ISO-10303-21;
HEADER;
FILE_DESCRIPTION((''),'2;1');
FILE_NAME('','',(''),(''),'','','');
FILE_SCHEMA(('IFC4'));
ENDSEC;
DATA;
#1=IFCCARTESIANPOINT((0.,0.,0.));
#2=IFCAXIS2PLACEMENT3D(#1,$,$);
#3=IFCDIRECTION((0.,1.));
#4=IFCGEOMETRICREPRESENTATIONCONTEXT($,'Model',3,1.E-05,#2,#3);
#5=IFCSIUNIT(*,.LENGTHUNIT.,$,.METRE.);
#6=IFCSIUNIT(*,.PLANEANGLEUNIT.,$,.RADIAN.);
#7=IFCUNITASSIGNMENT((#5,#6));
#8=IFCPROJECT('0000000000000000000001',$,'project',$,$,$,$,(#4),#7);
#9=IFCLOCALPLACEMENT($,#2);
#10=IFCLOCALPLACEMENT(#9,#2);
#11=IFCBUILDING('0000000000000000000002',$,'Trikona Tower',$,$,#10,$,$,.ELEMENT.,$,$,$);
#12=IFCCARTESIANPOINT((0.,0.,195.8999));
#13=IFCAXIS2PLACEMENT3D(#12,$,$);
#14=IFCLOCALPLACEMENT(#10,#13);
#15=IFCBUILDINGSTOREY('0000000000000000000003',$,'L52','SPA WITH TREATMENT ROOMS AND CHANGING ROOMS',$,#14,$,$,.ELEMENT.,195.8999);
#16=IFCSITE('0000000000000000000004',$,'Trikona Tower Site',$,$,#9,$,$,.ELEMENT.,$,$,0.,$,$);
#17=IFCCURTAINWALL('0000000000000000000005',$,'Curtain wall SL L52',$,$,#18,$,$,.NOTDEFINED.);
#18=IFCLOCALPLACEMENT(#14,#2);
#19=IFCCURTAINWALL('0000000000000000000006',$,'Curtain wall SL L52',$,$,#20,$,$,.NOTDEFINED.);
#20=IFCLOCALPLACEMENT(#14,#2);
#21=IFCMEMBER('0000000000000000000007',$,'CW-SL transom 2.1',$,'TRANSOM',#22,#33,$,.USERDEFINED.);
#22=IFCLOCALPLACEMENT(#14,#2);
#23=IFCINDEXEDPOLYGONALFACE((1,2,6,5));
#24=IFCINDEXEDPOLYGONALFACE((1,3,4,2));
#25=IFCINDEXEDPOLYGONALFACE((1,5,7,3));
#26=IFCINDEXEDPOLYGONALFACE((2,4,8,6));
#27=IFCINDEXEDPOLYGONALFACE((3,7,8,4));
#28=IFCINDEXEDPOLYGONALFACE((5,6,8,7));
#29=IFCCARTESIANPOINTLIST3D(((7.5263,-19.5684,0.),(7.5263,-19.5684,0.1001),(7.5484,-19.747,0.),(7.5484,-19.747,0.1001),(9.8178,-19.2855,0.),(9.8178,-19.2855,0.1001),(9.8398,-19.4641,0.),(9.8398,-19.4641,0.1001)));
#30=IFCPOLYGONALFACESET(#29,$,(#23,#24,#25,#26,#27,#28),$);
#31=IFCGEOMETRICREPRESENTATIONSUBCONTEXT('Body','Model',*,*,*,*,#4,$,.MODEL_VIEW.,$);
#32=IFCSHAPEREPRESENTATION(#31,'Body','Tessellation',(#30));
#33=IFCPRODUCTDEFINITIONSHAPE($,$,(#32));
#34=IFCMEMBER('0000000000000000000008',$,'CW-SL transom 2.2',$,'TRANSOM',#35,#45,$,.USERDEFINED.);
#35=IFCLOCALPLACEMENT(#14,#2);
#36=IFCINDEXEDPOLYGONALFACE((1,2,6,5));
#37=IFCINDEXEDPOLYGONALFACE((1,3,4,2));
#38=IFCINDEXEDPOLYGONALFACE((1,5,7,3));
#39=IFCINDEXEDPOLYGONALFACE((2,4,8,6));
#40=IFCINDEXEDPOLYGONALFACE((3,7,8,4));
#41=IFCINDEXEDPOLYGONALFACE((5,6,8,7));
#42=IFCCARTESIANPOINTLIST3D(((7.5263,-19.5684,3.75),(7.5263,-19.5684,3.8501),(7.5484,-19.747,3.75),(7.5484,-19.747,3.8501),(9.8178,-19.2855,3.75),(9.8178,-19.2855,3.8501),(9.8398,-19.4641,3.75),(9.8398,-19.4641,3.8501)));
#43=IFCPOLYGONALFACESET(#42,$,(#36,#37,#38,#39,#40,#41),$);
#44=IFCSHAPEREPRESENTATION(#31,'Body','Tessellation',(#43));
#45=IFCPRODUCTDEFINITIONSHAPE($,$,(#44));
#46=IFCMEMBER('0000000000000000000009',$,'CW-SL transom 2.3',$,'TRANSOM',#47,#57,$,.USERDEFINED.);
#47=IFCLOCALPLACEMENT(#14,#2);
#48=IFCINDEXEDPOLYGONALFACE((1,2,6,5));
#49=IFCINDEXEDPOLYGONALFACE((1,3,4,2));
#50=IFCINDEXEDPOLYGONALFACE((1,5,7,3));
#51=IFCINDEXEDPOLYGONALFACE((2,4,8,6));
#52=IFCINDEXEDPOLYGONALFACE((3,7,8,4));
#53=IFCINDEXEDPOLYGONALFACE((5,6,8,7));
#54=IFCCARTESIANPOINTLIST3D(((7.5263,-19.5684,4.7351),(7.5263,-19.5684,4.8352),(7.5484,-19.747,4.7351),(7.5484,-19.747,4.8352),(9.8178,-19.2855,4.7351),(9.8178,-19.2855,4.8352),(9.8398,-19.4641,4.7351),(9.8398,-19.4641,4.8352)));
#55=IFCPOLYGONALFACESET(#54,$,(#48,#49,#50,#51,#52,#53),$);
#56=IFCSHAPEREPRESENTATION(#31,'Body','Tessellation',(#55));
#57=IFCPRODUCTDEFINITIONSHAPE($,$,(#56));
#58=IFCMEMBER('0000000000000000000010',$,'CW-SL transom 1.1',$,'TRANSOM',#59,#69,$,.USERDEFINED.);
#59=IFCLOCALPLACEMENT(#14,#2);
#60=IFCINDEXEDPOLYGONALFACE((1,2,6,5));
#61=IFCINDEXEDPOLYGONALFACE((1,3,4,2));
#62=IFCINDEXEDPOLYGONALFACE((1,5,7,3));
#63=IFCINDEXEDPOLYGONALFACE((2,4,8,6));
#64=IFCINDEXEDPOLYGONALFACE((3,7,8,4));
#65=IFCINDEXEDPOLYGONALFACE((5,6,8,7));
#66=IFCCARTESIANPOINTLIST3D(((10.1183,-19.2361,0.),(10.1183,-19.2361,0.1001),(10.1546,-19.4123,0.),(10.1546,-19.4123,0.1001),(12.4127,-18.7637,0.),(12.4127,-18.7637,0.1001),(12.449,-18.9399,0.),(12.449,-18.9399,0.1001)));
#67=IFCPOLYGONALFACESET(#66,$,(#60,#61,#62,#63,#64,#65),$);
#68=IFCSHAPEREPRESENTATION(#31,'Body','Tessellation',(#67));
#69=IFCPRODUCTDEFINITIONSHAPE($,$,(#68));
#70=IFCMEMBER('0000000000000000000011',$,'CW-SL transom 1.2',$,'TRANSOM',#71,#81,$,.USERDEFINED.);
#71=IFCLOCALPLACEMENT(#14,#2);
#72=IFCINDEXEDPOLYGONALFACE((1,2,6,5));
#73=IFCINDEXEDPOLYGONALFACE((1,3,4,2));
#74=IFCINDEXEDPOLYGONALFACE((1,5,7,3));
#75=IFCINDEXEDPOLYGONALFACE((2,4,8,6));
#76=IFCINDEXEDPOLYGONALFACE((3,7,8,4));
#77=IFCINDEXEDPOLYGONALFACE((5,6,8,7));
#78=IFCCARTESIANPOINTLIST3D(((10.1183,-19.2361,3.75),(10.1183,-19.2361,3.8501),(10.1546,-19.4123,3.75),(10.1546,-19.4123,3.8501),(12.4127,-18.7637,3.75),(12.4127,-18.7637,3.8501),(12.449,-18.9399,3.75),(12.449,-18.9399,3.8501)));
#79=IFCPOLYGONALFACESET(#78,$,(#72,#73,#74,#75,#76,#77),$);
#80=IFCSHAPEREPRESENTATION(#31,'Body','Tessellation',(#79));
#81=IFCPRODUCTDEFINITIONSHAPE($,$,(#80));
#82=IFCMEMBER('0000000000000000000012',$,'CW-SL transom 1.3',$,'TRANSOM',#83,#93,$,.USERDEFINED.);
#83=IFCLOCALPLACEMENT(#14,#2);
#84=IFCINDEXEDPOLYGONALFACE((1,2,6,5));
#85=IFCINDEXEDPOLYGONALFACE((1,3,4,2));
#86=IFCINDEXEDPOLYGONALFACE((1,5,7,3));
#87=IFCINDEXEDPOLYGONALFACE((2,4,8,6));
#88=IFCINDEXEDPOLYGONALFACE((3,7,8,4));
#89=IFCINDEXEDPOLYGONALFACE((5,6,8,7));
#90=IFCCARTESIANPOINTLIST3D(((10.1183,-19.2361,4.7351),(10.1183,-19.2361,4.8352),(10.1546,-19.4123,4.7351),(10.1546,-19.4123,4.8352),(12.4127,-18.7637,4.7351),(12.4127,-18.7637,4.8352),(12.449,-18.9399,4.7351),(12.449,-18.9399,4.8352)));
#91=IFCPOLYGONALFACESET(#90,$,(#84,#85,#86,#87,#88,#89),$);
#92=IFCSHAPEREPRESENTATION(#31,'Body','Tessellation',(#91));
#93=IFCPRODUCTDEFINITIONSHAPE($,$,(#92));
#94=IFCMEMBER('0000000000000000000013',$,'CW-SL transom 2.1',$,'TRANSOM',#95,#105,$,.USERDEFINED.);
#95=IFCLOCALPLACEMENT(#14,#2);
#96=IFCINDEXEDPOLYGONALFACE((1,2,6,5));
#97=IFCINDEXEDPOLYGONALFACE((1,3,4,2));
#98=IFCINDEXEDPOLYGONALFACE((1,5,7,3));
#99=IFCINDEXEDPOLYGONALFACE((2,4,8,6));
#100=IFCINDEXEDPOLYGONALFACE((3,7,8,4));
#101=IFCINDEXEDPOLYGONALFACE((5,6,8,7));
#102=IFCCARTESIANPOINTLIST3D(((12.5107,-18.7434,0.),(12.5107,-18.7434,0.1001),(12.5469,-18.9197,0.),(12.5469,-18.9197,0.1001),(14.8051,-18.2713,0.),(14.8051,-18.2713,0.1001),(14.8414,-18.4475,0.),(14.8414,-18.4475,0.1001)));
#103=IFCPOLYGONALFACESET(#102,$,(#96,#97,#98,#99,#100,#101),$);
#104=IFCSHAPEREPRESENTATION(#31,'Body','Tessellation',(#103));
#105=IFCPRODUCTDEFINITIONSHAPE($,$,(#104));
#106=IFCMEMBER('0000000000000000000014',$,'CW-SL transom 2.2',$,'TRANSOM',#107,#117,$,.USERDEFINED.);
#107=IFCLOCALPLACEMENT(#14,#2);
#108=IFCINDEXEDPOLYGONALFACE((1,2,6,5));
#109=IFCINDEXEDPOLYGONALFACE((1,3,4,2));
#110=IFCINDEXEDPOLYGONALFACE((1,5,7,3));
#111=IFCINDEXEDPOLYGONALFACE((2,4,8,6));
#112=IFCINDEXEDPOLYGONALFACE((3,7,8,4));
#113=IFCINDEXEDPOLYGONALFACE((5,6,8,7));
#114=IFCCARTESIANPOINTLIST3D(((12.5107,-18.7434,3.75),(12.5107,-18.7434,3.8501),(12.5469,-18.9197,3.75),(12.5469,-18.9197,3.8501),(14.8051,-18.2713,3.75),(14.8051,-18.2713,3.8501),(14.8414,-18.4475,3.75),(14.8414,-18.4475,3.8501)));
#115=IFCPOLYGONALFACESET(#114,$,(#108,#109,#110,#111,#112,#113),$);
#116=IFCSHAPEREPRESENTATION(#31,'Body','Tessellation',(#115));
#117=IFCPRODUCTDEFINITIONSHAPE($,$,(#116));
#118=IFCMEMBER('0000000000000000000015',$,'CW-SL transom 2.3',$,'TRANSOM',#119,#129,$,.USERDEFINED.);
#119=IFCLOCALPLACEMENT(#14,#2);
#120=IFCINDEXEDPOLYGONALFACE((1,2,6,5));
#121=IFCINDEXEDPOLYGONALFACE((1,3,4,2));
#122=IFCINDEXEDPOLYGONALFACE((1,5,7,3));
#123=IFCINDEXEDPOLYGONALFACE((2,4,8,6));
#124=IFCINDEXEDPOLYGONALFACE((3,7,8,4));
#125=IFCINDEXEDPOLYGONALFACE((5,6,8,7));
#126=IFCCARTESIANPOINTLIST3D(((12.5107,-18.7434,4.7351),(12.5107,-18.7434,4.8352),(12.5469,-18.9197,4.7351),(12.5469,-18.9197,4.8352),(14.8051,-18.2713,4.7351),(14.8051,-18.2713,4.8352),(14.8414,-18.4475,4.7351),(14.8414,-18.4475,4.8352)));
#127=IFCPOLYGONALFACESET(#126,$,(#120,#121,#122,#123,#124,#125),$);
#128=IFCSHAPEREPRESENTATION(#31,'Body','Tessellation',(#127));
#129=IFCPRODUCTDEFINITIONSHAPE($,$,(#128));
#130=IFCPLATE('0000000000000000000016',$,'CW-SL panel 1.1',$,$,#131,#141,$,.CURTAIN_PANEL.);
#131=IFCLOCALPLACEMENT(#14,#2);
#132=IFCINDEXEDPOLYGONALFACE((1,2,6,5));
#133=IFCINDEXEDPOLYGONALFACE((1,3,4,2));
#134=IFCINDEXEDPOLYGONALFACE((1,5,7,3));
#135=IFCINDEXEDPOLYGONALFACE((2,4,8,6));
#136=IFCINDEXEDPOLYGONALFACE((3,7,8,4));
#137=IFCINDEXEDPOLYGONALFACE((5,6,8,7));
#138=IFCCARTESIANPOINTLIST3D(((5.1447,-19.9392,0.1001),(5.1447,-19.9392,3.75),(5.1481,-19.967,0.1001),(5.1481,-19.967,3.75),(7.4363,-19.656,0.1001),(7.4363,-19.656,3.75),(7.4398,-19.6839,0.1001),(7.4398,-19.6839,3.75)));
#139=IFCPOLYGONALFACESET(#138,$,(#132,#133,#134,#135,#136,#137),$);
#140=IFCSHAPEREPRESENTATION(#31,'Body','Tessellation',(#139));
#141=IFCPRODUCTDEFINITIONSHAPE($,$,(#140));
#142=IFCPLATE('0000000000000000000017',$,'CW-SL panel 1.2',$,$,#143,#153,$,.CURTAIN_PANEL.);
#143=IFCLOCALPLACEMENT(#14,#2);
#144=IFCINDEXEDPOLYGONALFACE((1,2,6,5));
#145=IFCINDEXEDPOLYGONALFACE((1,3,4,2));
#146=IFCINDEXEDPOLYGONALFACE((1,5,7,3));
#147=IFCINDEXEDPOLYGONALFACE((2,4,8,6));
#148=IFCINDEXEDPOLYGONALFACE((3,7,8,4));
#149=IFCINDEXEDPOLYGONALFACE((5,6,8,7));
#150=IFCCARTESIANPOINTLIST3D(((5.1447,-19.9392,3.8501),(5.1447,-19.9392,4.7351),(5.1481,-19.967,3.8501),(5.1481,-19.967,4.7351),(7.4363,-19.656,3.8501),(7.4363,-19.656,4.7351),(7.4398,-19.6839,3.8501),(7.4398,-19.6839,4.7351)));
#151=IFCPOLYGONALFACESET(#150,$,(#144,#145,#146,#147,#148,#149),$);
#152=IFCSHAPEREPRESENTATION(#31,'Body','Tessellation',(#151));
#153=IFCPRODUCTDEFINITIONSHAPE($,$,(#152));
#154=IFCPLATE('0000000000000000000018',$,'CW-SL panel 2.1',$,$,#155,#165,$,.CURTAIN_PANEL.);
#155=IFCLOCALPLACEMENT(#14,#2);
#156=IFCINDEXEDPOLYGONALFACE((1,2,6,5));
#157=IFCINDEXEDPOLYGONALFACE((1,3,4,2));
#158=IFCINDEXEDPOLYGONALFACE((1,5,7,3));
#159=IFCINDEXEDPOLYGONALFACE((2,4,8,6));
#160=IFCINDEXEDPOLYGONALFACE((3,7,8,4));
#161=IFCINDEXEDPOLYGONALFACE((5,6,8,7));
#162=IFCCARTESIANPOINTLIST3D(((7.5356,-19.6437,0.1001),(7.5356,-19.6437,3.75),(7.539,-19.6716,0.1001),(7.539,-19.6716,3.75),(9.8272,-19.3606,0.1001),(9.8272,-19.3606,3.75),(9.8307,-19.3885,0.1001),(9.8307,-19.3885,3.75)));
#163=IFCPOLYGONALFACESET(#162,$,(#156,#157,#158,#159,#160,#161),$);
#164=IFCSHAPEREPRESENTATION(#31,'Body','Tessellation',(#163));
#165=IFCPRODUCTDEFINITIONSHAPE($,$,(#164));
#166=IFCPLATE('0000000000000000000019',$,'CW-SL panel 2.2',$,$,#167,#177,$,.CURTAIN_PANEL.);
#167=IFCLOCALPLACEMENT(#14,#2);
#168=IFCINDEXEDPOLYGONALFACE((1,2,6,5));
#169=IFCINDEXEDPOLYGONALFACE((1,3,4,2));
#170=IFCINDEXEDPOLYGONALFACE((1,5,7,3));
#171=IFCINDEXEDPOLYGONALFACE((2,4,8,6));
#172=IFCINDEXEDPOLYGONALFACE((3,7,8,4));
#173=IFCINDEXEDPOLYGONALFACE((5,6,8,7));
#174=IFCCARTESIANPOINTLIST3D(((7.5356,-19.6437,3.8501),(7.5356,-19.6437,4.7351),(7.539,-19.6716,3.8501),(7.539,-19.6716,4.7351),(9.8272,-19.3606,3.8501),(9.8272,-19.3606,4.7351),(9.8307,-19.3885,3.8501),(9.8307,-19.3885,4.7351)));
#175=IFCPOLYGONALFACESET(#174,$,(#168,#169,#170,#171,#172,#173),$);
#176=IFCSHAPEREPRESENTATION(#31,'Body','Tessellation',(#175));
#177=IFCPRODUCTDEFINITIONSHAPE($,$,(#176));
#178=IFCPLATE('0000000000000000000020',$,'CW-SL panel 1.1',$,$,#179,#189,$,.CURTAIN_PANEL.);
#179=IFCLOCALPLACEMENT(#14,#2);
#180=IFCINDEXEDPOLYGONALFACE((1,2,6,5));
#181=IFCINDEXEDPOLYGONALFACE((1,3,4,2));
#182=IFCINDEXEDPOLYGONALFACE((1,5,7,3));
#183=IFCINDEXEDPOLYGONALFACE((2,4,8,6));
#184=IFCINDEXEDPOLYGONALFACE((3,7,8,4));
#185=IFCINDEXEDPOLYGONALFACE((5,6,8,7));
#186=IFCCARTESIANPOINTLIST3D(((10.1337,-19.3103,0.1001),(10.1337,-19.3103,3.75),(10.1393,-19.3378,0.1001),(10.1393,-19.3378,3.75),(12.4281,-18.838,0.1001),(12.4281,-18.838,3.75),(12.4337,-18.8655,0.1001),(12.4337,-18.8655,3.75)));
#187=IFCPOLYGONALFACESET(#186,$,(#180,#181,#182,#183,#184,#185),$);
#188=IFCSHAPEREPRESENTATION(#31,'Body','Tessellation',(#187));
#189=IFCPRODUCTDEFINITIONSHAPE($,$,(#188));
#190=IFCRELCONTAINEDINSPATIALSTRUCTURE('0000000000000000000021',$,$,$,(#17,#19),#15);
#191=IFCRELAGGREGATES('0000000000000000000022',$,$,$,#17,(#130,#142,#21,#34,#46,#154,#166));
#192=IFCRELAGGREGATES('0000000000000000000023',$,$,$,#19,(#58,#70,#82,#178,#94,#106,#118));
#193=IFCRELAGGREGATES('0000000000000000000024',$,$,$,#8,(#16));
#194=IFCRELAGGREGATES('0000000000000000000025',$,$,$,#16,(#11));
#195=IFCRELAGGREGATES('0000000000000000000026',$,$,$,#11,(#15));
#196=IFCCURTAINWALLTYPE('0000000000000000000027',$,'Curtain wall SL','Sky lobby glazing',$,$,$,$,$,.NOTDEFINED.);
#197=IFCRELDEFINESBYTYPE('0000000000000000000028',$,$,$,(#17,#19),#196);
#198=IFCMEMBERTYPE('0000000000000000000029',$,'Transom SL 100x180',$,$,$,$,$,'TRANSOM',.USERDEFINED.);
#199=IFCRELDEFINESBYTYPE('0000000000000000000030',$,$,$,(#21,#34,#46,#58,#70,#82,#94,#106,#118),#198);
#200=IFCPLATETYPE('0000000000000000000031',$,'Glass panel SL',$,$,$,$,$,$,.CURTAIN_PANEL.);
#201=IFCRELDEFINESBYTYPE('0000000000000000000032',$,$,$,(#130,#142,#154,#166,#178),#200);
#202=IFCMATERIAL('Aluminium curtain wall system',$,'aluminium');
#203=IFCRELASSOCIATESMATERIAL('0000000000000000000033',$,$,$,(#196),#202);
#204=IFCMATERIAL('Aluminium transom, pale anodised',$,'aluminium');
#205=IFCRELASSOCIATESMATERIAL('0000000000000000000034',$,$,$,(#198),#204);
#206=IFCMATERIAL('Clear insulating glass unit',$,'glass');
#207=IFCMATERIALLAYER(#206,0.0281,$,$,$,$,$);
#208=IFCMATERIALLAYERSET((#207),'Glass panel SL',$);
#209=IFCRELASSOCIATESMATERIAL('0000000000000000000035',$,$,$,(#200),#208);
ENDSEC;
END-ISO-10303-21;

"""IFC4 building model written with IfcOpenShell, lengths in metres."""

from ifc_helpers import new_model, si_unit, direction, frame, origin, origin_2d, place, context, subcontext, project, spatial, rectangle, extrude, material, layer, layer_set, material_profile, profile_set, type_object, element, aggregate, save


model = new_model("IFC4")

# Units and contexts
model_context = context("Model", 3, precision=1e-05, world=origin(), true_north=direction((0.0, 1.0)))
body_context = subcontext(model_context, "Body", "Model", "MODEL_VIEW")
ifc_project = project(units=[si_unit("LENGTHUNIT", "METRE"), si_unit("PLANEANGLEUNIT", "RADIAN")], contexts=[model_context])

# Site, building, storey
site_placement = place(None, origin())
site = spatial("IfcSite", under=ifc_project, at=site_placement, Name="Trikona Tower Site", CompositionType="ELEMENT", RefElevation=0.0)
building_placement = place(site_placement, origin())
building = spatial("IfcBuilding", under=site, at=building_placement, Name="Trikona Tower", CompositionType="ELEMENT")
storey_placement = place(building_placement, frame((0.0, 0.0, 195.8999)))
storey = spatial("IfcBuildingStorey", under=building, at=storey_placement, Name="L52", Description="SPA WITH TREATMENT ROOMS AND CHANGING ROOMS", CompositionType="ELEMENT", Elevation=195.8999)

# Curtain walls
ifc_material_1 = material(Name="Aluminium curtain wall system", Category="aluminium")
curtain_wall_type = type_object("IfcCurtainWallType", Name="Curtain wall SL", Description="Sky lobby glazing", PredefinedType="NOTDEFINED", material=ifc_material_1)
curtain_wall_1_placement = place(storey_placement, origin())
curtain_wall_1 = element("IfcCurtainWall", 1, at=curtain_wall_1_placement, inside=storey, type_object=curtain_wall_type, Name="Curtain wall SL L52", PredefinedType="NOTDEFINED")
curtain_wall_2_placement = place(storey_placement, origin())
curtain_wall_2 = element("IfcCurtainWall", 2, at=curtain_wall_2_placement, inside=storey, type_object=curtain_wall_type, Name="Curtain wall SL L52", PredefinedType="NOTDEFINED")

# Members
ifc_material_2 = material(Name="Aluminium transom, pale anodised", Category="aluminium")
ifc_material_profile_1 = material_profile(ifc_material_2, rectangle(XDim=0.1799, YDim=0.1001, at=origin_2d()), Name="TRN-SL")
ifc_profile_set_1 = profile_set([ifc_material_profile_1], Name="Aluminium transom, pale anodised")
member_type_1 = type_object("IfcMemberType", Name="Transom SL 100x180", ElementType="TRANSOM", PredefinedType="USERDEFINED", material=ifc_profile_set_1)
member_1_placement = place(storey_placement, frame((7.5374, -19.6577, 0.05), z_axis=(0.992462, 0.122551, 0.0), x_axis=(-0.122551, 0.992462, 0.0)))
member_1 = element("IfcMember", 3, at=member_1_placement, type_object=member_type_1, Name="CW-SL transom 2.1", ObjectType="TRANSOM", PredefinedType="USERDEFINED", context=body_context, shape_type="SweptSolid", body=[
    extrude(rectangle(XDim=0.1799, YDim=0.1001, at=origin_2d()), origin(), (0.0, 0.0, 1.0), 2.3088),
])
member_2_placement = place(storey_placement, frame((7.5374, -19.6577, 3.8), z_axis=(0.992462, 0.122551, 0.0), x_axis=(-0.122551, 0.992462, 0.0)))
member_2 = element("IfcMember", 4, at=member_2_placement, type_object=member_type_1, Name="CW-SL transom 2.2", ObjectType="TRANSOM", PredefinedType="USERDEFINED", context=body_context, shape_type="SweptSolid", body=[
    extrude(rectangle(XDim=0.1799, YDim=0.1001, at=origin_2d()), origin(), (0.0, 0.0, 1.0), 2.3088),
])
member_3_placement = place(storey_placement, frame((7.5374, -19.6577, 4.7852), z_axis=(0.992462, 0.122551, 0.0), x_axis=(-0.122551, 0.992462, 0.0)))
member_3 = element("IfcMember", 5, at=member_3_placement, type_object=member_type_1, Name="CW-SL transom 2.3", ObjectType="TRANSOM", PredefinedType="USERDEFINED", context=body_context, shape_type="SweptSolid", body=[
    extrude(rectangle(XDim=0.1799, YDim=0.1001, at=origin_2d()), origin(), (0.0, 0.0, 1.0), 2.3088),
])
member_4_placement = place(storey_placement, frame((10.1365, -19.3242, 0.05), z_axis=(0.979455, 0.201665, 0.0), x_axis=(-0.201665, 0.979455, 0.0)))
member_4 = element("IfcMember", 6, at=member_4_placement, type_object=member_type_1, Name="CW-SL transom 1.1", ObjectType="TRANSOM", PredefinedType="USERDEFINED", context=body_context, shape_type="SweptSolid", body=[
    extrude(rectangle(XDim=0.1799, YDim=0.1001, at=origin_2d()), origin(), (0.0, 0.0, 1.0), 2.3425),
])
member_5_placement = place(storey_placement, frame((10.1365, -19.3242, 3.8), z_axis=(0.979455, 0.201665, 0.0), x_axis=(-0.201665, 0.979455, 0.0)))
member_5 = element("IfcMember", 7, at=member_5_placement, type_object=member_type_1, Name="CW-SL transom 1.2", ObjectType="TRANSOM", PredefinedType="USERDEFINED", context=body_context, shape_type="SweptSolid", body=[
    extrude(rectangle(XDim=0.1799, YDim=0.1001, at=origin_2d()), origin(), (0.0, 0.0, 1.0), 2.3425),
])
member_6_placement = place(storey_placement, frame((10.1365, -19.3242, 4.7852), z_axis=(0.979455, 0.201665, 0.0), x_axis=(-0.201665, 0.979455, 0.0)))
member_6 = element("IfcMember", 8, at=member_6_placement, type_object=member_type_1, Name="CW-SL transom 1.3", ObjectType="TRANSOM", PredefinedType="USERDEFINED", context=body_context, shape_type="SweptSolid", body=[
    extrude(rectangle(XDim=0.1799, YDim=0.1001, at=origin_2d()), origin(), (0.0, 0.0, 1.0), 2.3425),
])
member_7_placement = place(storey_placement, frame((12.5288, -18.8315, 0.05), z_axis=(0.979475, 0.201565, 0.0), x_axis=(-0.201565, 0.979475, 0.0)))
member_7 = element("IfcMember", 9, at=member_7_placement, type_object=member_type_1, Name="CW-SL transom 2.1", ObjectType="TRANSOM", PredefinedType="USERDEFINED", context=body_context, shape_type="SweptSolid", body=[
    extrude(rectangle(XDim=0.1799, YDim=0.1001, at=origin_2d()), origin(), (0.0, 0.0, 1.0), 2.3425),
])
member_8_placement = place(storey_placement, frame((12.5288, -18.8315, 3.8), z_axis=(0.979475, 0.201565, 0.0), x_axis=(-0.201565, 0.979475, 0.0)))
member_8 = element("IfcMember", 10, at=member_8_placement, type_object=member_type_1, Name="CW-SL transom 2.2", ObjectType="TRANSOM", PredefinedType="USERDEFINED", context=body_context, shape_type="SweptSolid", body=[
    extrude(rectangle(XDim=0.1799, YDim=0.1001, at=origin_2d()), origin(), (0.0, 0.0, 1.0), 2.3425),
])
member_9_placement = place(storey_placement, frame((12.5288, -18.8315, 4.7852), z_axis=(0.979475, 0.201565, 0.0), x_axis=(-0.201565, 0.979475, 0.0)))
member_9 = element("IfcMember", 11, at=member_9_placement, type_object=member_type_1, Name="CW-SL transom 2.3", ObjectType="TRANSOM", PredefinedType="USERDEFINED", context=body_context, shape_type="SweptSolid", body=[
    extrude(rectangle(XDim=0.1799, YDim=0.1001, at=origin_2d()), origin(), (0.0, 0.0, 1.0), 2.3425),
])

# Plates
ifc_material_3 = material(Name="Clear insulating glass unit", Category="glass")
ifc_layer_1 = layer(ifc_material_3, 0.0281)
ifc_layer_set_1 = layer_set([ifc_layer_1], Name="Glass panel SL")
plate_type = type_object("IfcPlateType", Name="Glass panel SL", PredefinedType="CURTAIN_PANEL", material=ifc_layer_set_1)
plate_1_placement = place(storey_placement, frame((6.2922, -19.8115, 0.1001), z_axis=(0.0, 0.0, 1.0), x_axis=(0.992455, 0.122611, 0.0)))
plate_1 = element("IfcPlate", 12, at=plate_1_placement, type_object=plate_type, Name="CW-SL panel 1.1", PredefinedType="CURTAIN_PANEL", context=body_context, shape_type="SweptSolid", body=[
    extrude(rectangle(XDim=2.3091, YDim=0.0281, at=origin_2d()), origin(), (0.0, 0.0, 1.0), 3.6499),
])
plate_2_placement = place(storey_placement, frame((6.2922, -19.8115, 3.8501), z_axis=(0.0, 0.0, 1.0), x_axis=(0.992455, 0.122611, 0.0)))
plate_2 = element("IfcPlate", 13, at=plate_2_placement, type_object=plate_type, Name="CW-SL panel 1.2", PredefinedType="CURTAIN_PANEL", context=body_context, shape_type="SweptSolid", body=[
    extrude(rectangle(XDim=2.3091, YDim=0.0281, at=origin_2d()), origin(), (0.0, 0.0, 1.0), 0.885),
])
plate_3_placement = place(storey_placement, frame((8.6831, -19.5161, 0.1001), z_axis=(0.0, 0.0, 1.0), x_axis=(0.992455, 0.122611, 0.0)))
plate_3 = element("IfcPlate", 14, at=plate_3_placement, type_object=plate_type, Name="CW-SL panel 2.1", PredefinedType="CURTAIN_PANEL", context=body_context, shape_type="SweptSolid", body=[
    extrude(rectangle(XDim=2.3091, YDim=0.0281, at=origin_2d()), origin(), (0.0, 0.0, 1.0), 3.6499),
])
plate_4_placement = place(storey_placement, frame((8.6831, -19.5161, 3.8501), z_axis=(0.0, 0.0, 1.0), x_axis=(0.992455, 0.122611, 0.0)))
plate_4 = element("IfcPlate", 15, at=plate_4_placement, type_object=plate_type, Name="CW-SL panel 2.2", PredefinedType="CURTAIN_PANEL", context=body_context, shape_type="SweptSolid", body=[
    extrude(rectangle(XDim=2.3091, YDim=0.0281, at=origin_2d()), origin(), (0.0, 0.0, 1.0), 0.885),
])
aggregate(curtain_wall_1, [plate_1, plate_2, member_1, member_2, member_3, plate_3, plate_4])
plate_5_placement = place(storey_placement, frame((11.2837, -19.0879, 0.1001), z_axis=(0.0, 0.0, 1.0), x_axis=(0.979458, 0.201649, 0.0)))
plate_5 = element("IfcPlate", 16, at=plate_5_placement, type_object=plate_type, Name="CW-SL panel 1.1", PredefinedType="CURTAIN_PANEL", context=body_context, shape_type="SweptSolid", body=[
    extrude(rectangle(XDim=2.3425, YDim=0.0281, at=origin_2d()), origin(), (0.0, 0.0, 1.0), 3.6499),
])
aggregate(curtain_wall_2, [member_4, member_5, member_6, plate_5, member_7, member_8, member_9])

save(model, "model.ifc")
